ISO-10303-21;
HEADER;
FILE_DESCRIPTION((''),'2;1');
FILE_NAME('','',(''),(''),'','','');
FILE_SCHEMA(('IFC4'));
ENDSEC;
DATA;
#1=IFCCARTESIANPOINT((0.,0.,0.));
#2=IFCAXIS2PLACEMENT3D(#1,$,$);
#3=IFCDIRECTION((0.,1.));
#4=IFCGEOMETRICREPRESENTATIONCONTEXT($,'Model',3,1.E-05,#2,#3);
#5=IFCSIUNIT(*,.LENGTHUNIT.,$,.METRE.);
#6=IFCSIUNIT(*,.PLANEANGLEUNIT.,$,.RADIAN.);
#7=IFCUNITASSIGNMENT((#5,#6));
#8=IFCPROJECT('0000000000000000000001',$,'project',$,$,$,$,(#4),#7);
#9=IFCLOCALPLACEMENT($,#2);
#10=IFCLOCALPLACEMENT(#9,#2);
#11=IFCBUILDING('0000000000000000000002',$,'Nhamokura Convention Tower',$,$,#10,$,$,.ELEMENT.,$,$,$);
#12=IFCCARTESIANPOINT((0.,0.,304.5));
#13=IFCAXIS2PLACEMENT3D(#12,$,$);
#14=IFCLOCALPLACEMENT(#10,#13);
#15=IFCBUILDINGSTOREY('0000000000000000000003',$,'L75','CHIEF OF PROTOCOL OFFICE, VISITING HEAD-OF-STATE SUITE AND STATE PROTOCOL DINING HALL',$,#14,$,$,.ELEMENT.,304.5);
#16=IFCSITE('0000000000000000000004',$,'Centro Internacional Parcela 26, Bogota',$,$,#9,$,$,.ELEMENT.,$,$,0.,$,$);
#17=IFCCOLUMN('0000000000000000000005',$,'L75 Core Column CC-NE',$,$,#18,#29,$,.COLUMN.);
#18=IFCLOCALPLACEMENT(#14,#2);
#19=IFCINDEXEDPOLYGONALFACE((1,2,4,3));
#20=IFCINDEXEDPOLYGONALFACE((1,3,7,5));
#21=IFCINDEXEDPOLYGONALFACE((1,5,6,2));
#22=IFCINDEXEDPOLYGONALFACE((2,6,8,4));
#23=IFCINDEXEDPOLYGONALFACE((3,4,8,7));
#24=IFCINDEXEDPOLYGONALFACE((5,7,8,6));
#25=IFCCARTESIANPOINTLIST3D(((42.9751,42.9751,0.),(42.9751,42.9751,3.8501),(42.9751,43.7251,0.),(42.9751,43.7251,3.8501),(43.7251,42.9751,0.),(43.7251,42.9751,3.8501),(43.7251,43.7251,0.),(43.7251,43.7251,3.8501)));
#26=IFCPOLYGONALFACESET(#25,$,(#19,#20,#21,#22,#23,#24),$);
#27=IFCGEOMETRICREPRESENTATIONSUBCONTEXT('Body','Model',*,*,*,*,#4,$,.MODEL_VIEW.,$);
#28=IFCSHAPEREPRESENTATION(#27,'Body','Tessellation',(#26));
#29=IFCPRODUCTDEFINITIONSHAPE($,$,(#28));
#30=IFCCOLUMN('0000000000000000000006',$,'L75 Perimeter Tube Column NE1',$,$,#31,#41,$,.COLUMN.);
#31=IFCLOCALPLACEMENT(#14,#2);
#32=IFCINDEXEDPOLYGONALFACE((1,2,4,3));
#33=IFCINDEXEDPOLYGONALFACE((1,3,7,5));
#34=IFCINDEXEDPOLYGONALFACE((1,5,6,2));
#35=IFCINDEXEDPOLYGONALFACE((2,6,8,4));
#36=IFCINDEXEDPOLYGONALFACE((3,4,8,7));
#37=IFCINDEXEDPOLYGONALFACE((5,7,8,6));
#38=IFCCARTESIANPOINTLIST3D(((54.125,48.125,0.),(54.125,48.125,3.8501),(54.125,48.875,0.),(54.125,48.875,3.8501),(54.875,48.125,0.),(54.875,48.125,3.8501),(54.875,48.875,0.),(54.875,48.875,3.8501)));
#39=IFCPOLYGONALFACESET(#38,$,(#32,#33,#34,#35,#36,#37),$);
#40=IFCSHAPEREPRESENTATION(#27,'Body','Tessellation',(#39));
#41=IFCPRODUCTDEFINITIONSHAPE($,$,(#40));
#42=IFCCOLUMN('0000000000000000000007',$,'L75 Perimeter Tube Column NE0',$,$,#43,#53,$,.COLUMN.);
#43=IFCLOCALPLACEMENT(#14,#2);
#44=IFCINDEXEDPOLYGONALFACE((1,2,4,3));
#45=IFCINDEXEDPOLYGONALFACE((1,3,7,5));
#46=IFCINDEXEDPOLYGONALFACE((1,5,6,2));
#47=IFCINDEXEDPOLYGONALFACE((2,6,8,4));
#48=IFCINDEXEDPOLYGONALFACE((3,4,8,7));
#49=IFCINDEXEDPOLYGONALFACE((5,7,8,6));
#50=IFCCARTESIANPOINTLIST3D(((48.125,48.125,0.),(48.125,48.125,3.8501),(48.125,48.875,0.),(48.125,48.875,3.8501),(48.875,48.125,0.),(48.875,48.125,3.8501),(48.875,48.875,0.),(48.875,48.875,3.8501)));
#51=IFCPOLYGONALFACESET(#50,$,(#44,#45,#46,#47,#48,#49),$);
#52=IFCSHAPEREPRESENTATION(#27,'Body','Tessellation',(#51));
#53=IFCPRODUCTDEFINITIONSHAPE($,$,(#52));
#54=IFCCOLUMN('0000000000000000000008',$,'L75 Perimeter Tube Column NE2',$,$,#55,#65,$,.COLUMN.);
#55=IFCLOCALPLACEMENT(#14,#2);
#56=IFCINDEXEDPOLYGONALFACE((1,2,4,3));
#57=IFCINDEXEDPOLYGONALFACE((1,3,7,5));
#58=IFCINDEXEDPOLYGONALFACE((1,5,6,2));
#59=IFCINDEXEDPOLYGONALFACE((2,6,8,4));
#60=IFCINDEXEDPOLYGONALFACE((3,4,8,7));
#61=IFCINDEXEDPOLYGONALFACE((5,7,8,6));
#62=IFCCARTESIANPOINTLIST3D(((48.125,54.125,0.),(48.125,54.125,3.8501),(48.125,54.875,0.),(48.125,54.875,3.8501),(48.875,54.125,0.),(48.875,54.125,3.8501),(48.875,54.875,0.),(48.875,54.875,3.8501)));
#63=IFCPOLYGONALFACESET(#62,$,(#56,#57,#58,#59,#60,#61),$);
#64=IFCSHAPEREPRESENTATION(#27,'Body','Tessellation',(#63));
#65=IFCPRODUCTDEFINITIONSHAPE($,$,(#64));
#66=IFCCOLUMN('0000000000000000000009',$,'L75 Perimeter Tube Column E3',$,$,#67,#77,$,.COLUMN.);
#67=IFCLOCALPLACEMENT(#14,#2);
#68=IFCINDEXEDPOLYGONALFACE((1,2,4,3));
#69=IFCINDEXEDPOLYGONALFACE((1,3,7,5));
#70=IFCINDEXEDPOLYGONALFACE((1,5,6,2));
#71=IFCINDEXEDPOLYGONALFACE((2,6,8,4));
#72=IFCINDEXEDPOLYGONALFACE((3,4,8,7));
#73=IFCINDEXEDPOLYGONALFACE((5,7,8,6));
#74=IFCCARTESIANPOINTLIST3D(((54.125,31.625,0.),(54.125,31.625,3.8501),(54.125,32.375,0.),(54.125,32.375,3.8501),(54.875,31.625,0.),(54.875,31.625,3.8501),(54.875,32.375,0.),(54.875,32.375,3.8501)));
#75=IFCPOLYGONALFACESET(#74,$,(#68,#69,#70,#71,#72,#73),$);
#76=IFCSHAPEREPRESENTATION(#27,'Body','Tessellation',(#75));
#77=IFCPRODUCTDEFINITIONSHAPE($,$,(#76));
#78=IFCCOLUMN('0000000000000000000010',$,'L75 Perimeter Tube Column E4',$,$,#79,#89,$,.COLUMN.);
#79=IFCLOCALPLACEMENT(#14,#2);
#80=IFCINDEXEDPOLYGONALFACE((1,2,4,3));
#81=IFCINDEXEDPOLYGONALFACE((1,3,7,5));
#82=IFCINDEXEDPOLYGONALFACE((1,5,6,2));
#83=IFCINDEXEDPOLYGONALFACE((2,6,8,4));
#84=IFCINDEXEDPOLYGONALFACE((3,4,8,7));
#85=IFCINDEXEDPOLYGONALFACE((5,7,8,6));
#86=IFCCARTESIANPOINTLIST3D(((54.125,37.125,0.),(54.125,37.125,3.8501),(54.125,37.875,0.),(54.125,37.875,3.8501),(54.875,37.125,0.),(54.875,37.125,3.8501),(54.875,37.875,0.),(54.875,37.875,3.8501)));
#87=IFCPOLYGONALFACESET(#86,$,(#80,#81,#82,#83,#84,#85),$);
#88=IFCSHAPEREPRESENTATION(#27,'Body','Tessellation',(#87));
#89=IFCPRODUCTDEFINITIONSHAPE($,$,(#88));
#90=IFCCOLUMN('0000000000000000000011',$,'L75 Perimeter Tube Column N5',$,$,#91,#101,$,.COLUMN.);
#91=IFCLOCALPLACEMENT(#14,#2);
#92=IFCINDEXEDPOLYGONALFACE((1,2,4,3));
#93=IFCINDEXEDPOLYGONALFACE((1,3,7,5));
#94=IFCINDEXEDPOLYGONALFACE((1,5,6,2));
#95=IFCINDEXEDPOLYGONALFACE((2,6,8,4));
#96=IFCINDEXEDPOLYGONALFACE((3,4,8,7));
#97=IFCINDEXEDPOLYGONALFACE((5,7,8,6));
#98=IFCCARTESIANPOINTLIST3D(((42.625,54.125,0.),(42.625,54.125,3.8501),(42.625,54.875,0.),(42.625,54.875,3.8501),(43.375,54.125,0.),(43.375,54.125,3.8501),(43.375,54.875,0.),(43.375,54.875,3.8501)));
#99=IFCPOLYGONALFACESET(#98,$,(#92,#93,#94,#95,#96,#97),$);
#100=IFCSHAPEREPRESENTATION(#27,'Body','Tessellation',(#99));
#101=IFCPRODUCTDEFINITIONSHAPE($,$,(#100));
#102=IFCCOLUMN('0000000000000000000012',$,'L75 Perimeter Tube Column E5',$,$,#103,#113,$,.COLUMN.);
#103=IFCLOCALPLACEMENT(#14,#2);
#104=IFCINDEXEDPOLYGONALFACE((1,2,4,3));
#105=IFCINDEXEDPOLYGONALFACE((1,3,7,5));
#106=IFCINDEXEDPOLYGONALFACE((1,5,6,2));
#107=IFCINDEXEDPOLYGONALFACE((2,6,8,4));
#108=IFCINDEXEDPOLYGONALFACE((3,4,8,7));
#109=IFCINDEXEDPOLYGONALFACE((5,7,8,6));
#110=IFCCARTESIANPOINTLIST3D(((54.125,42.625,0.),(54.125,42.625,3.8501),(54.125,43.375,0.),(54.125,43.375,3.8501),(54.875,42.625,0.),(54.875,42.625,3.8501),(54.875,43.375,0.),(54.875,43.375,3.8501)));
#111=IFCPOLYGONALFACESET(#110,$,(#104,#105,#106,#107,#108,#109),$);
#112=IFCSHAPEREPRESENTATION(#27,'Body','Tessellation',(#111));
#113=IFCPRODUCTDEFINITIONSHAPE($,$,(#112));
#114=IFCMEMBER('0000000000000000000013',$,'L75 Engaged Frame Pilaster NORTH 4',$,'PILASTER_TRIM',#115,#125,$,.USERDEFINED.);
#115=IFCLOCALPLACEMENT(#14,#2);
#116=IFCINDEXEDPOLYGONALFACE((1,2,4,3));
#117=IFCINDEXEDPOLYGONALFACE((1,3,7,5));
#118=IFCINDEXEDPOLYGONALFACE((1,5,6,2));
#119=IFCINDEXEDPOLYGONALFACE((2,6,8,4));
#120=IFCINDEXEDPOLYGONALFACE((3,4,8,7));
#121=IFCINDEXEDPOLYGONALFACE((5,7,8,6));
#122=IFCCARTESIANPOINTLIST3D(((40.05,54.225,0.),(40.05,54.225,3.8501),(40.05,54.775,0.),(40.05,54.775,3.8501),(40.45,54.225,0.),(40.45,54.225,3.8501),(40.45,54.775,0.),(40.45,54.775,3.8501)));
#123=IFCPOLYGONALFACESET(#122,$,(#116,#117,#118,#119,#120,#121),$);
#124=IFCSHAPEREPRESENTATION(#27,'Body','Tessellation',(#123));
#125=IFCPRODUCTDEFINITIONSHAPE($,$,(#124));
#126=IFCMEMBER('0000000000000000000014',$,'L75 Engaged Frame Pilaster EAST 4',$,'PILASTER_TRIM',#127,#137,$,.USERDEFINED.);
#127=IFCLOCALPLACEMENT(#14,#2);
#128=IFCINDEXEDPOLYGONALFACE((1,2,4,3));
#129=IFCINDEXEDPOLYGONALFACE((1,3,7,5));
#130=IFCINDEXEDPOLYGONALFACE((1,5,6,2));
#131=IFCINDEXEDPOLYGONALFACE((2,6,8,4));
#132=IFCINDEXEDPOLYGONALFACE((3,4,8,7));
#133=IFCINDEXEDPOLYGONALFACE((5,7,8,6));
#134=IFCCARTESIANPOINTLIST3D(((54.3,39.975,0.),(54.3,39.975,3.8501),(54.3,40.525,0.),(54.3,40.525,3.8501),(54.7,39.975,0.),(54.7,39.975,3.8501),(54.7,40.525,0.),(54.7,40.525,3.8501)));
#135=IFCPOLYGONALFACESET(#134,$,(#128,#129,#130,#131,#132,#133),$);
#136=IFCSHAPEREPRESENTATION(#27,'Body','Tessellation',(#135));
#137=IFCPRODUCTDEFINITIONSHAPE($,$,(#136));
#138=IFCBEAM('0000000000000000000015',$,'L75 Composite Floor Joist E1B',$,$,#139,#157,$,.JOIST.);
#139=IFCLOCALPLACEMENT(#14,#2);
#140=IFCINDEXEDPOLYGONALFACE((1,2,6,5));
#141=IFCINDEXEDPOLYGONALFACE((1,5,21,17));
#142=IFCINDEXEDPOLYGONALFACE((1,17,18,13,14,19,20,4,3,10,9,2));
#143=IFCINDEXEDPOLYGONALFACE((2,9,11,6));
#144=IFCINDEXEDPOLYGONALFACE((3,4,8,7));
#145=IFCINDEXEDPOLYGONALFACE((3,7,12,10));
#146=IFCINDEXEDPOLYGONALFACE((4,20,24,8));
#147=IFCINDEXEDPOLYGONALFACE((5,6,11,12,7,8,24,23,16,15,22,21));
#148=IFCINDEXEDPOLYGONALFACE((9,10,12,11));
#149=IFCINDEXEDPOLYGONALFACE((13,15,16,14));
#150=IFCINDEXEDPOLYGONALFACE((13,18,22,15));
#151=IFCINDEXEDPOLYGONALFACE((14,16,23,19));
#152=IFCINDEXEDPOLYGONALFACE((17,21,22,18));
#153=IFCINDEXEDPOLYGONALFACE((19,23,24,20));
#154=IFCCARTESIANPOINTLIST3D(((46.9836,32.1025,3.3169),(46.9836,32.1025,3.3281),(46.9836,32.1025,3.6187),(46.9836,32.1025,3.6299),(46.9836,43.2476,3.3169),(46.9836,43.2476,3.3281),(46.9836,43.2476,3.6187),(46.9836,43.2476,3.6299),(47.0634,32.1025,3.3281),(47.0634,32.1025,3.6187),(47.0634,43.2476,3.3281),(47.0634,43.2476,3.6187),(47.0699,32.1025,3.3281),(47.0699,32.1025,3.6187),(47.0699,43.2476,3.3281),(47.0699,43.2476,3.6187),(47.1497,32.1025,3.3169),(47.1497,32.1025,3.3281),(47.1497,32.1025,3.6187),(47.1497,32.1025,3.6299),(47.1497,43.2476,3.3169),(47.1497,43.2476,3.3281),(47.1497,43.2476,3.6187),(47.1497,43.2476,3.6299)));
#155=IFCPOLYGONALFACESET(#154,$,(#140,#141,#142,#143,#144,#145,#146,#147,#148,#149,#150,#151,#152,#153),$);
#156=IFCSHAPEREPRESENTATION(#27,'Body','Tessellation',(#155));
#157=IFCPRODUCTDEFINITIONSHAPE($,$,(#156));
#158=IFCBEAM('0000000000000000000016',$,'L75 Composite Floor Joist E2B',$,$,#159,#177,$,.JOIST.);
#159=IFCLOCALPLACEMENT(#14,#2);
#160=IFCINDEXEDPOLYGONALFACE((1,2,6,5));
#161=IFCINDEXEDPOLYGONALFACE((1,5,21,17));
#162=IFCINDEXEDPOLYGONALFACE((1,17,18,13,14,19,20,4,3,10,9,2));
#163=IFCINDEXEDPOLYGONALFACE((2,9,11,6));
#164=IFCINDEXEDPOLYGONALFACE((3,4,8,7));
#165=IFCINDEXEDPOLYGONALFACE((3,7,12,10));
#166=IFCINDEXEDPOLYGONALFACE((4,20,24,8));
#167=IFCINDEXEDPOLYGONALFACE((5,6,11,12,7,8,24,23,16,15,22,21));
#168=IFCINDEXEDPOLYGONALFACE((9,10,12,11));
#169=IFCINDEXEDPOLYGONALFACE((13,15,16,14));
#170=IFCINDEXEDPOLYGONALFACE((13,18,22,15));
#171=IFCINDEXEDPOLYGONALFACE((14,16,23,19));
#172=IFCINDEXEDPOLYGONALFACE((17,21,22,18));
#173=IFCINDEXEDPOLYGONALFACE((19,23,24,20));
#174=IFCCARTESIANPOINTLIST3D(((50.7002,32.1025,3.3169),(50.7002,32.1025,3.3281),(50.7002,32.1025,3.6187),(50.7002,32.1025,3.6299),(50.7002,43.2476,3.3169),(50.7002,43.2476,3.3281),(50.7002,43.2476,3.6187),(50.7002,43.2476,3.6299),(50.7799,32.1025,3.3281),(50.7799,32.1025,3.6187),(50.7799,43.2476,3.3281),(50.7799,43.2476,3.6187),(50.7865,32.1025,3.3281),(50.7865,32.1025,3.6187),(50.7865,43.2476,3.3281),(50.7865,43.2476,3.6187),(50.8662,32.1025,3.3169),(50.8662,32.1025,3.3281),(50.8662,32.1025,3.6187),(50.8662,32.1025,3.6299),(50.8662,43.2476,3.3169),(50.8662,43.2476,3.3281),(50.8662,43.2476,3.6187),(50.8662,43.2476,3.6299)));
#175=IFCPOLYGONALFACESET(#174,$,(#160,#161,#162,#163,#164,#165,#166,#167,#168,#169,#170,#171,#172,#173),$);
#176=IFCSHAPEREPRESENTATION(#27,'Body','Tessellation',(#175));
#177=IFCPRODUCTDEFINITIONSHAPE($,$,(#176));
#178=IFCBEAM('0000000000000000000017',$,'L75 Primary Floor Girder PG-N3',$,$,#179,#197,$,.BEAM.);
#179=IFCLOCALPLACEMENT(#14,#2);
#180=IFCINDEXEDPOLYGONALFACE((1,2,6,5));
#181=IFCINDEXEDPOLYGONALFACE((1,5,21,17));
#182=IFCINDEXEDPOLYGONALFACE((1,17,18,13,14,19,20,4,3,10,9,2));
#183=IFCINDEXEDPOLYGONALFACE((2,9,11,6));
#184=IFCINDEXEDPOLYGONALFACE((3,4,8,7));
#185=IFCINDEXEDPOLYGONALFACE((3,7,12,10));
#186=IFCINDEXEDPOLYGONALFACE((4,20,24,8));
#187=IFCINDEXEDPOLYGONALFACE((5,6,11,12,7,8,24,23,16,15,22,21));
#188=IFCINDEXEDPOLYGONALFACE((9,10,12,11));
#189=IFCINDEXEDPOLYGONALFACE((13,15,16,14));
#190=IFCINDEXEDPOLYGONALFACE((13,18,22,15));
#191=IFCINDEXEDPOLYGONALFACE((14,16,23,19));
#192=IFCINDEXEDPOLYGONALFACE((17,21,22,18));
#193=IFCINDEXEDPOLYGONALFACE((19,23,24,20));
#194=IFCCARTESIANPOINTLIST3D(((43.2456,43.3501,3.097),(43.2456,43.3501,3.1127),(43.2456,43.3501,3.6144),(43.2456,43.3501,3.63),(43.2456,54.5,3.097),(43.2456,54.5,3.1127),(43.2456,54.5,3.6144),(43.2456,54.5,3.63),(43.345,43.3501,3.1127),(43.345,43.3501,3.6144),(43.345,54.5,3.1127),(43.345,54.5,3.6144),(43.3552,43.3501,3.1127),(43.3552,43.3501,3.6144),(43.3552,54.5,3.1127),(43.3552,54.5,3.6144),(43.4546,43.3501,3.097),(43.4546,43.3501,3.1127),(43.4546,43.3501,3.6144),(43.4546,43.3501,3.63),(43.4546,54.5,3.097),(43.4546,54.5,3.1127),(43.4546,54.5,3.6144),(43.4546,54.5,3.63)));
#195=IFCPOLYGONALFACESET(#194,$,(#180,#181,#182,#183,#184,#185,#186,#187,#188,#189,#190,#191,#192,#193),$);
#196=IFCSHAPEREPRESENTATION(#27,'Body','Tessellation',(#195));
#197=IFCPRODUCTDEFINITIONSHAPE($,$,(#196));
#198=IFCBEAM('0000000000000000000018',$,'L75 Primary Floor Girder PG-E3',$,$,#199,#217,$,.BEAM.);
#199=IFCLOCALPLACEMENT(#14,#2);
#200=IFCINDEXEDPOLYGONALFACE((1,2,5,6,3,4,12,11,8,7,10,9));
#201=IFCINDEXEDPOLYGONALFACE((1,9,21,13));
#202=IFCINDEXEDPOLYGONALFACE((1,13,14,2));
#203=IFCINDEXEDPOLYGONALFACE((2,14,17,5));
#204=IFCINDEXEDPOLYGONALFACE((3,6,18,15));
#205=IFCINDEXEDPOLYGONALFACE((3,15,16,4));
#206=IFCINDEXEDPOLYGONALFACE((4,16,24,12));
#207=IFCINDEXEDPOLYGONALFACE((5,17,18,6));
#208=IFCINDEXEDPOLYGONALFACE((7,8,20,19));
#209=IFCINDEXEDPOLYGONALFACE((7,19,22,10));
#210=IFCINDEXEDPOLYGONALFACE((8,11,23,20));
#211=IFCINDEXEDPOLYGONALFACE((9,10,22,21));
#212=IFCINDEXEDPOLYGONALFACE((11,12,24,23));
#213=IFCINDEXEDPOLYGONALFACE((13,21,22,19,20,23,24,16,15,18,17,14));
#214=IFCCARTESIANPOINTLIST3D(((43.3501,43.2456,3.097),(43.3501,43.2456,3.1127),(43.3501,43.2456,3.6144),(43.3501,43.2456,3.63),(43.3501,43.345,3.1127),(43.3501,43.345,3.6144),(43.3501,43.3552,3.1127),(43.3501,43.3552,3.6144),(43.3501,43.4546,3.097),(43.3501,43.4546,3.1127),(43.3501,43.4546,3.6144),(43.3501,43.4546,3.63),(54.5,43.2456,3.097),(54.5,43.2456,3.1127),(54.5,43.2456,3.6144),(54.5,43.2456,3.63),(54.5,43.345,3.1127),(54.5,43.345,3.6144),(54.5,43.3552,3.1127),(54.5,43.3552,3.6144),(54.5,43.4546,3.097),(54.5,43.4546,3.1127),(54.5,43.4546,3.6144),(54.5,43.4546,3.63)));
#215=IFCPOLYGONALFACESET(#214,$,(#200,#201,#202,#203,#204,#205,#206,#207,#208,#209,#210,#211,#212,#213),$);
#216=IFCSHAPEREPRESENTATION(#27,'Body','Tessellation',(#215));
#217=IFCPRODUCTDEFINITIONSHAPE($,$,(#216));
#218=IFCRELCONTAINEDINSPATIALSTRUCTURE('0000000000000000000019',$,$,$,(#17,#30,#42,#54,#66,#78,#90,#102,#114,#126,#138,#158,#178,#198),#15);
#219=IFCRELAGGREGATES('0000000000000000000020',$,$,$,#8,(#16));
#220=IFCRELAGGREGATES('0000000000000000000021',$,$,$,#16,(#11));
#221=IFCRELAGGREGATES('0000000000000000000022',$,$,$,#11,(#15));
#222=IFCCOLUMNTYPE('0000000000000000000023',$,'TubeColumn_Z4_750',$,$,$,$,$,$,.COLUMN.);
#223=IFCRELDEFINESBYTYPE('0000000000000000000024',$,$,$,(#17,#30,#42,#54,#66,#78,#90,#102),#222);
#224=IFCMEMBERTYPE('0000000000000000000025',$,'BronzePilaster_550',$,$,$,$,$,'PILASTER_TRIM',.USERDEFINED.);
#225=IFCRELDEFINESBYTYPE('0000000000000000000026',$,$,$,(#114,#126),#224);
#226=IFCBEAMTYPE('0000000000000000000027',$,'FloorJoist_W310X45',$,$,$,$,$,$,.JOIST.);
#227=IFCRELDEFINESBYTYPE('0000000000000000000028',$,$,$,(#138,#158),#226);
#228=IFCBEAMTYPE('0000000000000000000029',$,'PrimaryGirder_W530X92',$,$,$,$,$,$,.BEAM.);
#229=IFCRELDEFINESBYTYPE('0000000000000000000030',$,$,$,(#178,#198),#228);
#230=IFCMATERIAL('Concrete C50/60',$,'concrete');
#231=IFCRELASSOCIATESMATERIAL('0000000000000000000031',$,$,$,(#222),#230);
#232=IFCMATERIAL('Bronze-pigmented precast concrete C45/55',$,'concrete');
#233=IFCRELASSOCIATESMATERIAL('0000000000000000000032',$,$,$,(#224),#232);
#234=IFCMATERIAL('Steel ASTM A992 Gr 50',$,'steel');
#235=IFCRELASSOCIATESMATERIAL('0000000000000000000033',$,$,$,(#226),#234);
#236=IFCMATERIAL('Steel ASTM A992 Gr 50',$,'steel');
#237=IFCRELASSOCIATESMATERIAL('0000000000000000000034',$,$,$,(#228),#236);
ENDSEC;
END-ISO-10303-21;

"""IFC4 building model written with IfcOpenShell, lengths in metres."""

from ifc_helpers import new_model, si_unit, direction, frame, origin, origin_2d, place, context, subcontext, project, spatial, rectangle, i_section, extrude, material, material_profile, profile_set, type_object, element, save


model = new_model("IFC4")

# Units and contexts
model_context = context("Model", 3, precision=1e-05, world=origin(), true_north=direction((0.0, 1.0)))
body_context = subcontext(model_context, "Body", "Model", "MODEL_VIEW")
ifc_project = project(units=[si_unit("LENGTHUNIT", "METRE"), si_unit("PLANEANGLEUNIT", "RADIAN")], contexts=[model_context])

# Site, building, storey
site_placement = place(None, origin())
site = spatial("IfcSite", under=ifc_project, at=site_placement, Name="Centro Internacional Parcela 26, Bogota", CompositionType="ELEMENT", RefElevation=0.0)
building_placement = place(site_placement, origin())
building = spatial("IfcBuilding", under=site, at=building_placement, Name="Nhamokura Convention Tower", CompositionType="ELEMENT")
storey_placement = place(building_placement, frame((0.0, 0.0, 304.5)))
storey = spatial("IfcBuildingStorey", under=building, at=storey_placement, Name="L75", Description="CHIEF OF PROTOCOL OFFICE, VISITING HEAD-OF-STATE SUITE AND STATE PROTOCOL DINING HALL", CompositionType="ELEMENT", Elevation=304.5)

# Columns
ifc_material_1 = material(Name="Concrete C50/60", Category="concrete")
ifc_material_profile_1 = material_profile(ifc_material_1, rectangle(XDim=0.75, YDim=0.75, at=origin_2d()))
ifc_profile_set_1 = profile_set([ifc_material_profile_1], Name="Concrete C50/60")
column_type = type_object("IfcColumnType", Name="TubeColumn_Z4_750", PredefinedType="COLUMN", material=ifc_profile_set_1)
for number, where, z_axis, x_axis, name in (
    (1, (43.3501, 43.3501, 0.0), (0.0, 0.0, 1.0), (1.0, 0.0, 0.0), "L75 Core Column CC-NE"),
    (2, (54.5, 48.5, 0.0), (0.0, 0.0, 1.0), (1.0, 0.0, 0.0), "L75 Perimeter Tube Column NE1"),
    (3, (48.5, 48.5, 0.0), (0.0, 0.0, 1.0), (1.0, 0.0, 0.0), "L75 Perimeter Tube Column NE0"),
    (4, (48.5, 54.5, 0.0), (0.0, 0.0, 1.0), (1.0, 0.0, 0.0), "L75 Perimeter Tube Column NE2"),
    (5, (54.5, 32.0, 0.0), (0.0, 0.0, 1.0), (1.0, 0.0, 0.0), "L75 Perimeter Tube Column E3"),
    (6, (54.5, 37.5, 0.0), (0.0, 0.0, 1.0), (1.0, 0.0, 0.0), "L75 Perimeter Tube Column E4"),
    (7, (43.0, 54.5, 0.0), (0.0, 0.0, 1.0), (1.0, 0.0, 0.0), "L75 Perimeter Tube Column N5"),
    (8, (54.5, 43.0, 0.0), (0.0, 0.0, 1.0), (1.0, 0.0, 0.0), "L75 Perimeter Tube Column E5"),
):
    element("IfcColumn", number, at=place(storey_placement, frame(where, z_axis=z_axis, x_axis=x_axis)), inside=storey, type_object=column_type, Name=name, PredefinedType="COLUMN", context=body_context, shape_type="SweptSolid", body=[
        extrude(rectangle(XDim=0.75, YDim=0.75, at=origin_2d()), origin(), (0.0, 0.0, 1.0), 3.8501),
    ])

# Members
ifc_material_2 = material(Name="Bronze-pigmented precast concrete C45/55", Category="concrete")
ifc_material_profile_2 = material_profile(ifc_material_2, rectangle(XDim=0.3999, YDim=0.55, at=origin_2d()))
ifc_profile_set_2 = profile_set([ifc_material_profile_2], Name="Bronze-pigmented precast concrete C45/55")
member_type_1 = type_object("IfcMemberType", Name="BronzePilaster_550", ElementType="PILASTER_TRIM", PredefinedType="USERDEFINED", material=ifc_profile_set_2)
for number, where, z_axis, x_axis, name in (
    (9, (40.25, 54.5, 0.0), (0.0, 0.0, 1.0), (1.0, 0.0, 0.0), "L75 Engaged Frame Pilaster NORTH 4"),
    (10, (54.5, 40.25, 0.0), (0.0, 0.0, 1.0), (1.0, 0.0, 0.0), "L75 Engaged Frame Pilaster EAST 4"),
):
    element("IfcMember", number, at=place(storey_placement, frame(where, z_axis=z_axis, x_axis=x_axis)), inside=storey, type_object=member_type_1, Name=name, ObjectType="PILASTER_TRIM", PredefinedType="USERDEFINED", context=body_context, shape_type="SweptSolid", body=[
        extrude(rectangle(XDim=0.3999, YDim=0.55, at=origin_2d()), origin(), (0.0, 0.0, 1.0), 3.8501),
    ])

# Beams
ifc_material_3 = material(Name="Steel ASTM A992 Gr 50", Category="steel")
ifc_material_profile_3 = material_profile(ifc_material_3, i_section(OverallWidth=0.166, OverallDepth=0.313, WebThickness=0.0066, FlangeThickness=0.0112, at=origin_2d()))
ifc_profile_set_3 = profile_set([ifc_material_profile_3], Name="Steel ASTM A992 Gr 50")
beam_type_1 = type_object("IfcBeamType", Name="FloorJoist_W310X45", PredefinedType="JOIST", material=ifc_profile_set_3)
for number, where, z_axis, x_axis, name in (
    (11, (47.0667, 32.1025, 3.4734), (0.0, 1.0, 0.0), (-1.0, 0.0, 0.0), "L75 Composite Floor Joist E1B"),
    (12, (50.7832, 32.1025, 3.4734), (0.0, 1.0, 0.0), (-1.0, 0.0, 0.0), "L75 Composite Floor Joist E2B"),
):
    element("IfcBeam", number, at=place(storey_placement, frame(where, z_axis=z_axis, x_axis=x_axis)), inside=storey, type_object=beam_type_1, Name=name, PredefinedType="JOIST", context=body_context, shape_type="SweptSolid", body=[
        extrude(i_section(OverallWidth=0.166, OverallDepth=0.313, WebThickness=0.0066, FlangeThickness=0.0112, at=origin_2d()), origin(), (0.0, 0.0, 1.0), 11.145),
    ])
ifc_material_4 = material(Name="Steel ASTM A992 Gr 50", Category="steel")
ifc_material_profile_4 = material_profile(ifc_material_4, i_section(OverallWidth=0.209, OverallDepth=0.533, WebThickness=0.0103, FlangeThickness=0.0156, at=origin_2d()))
ifc_profile_set_4 = profile_set([ifc_material_profile_4], Name="Steel ASTM A992 Gr 50")
beam_type_2 = type_object("IfcBeamType", Name="PrimaryGirder_W530X92", PredefinedType="BEAM", material=ifc_profile_set_4)
for number, where, z_axis, x_axis, name in (
    (13, (43.3501, 43.3501, 3.3635), (0.0, 1.0, 0.0), (-1.0, 0.0, 0.0), "L75 Primary Floor Girder PG-N3"),
    (14, (43.3501, 43.3501, 3.3635), (1.0, 0.0, 0.0), (0.0, 1.0, 0.0), "L75 Primary Floor Girder PG-E3"),
):
    element("IfcBeam", number, at=place(storey_placement, frame(where, z_axis=z_axis, x_axis=x_axis)), inside=storey, type_object=beam_type_2, Name=name, PredefinedType="BEAM", context=body_context, shape_type="SweptSolid", body=[
        extrude(i_section(OverallWidth=0.209, OverallDepth=0.533, WebThickness=0.0103, FlangeThickness=0.0156, at=origin_2d()), origin(), (0.0, 0.0, 1.0), 11.1499),
    ])

save(model, "model.ifc")
